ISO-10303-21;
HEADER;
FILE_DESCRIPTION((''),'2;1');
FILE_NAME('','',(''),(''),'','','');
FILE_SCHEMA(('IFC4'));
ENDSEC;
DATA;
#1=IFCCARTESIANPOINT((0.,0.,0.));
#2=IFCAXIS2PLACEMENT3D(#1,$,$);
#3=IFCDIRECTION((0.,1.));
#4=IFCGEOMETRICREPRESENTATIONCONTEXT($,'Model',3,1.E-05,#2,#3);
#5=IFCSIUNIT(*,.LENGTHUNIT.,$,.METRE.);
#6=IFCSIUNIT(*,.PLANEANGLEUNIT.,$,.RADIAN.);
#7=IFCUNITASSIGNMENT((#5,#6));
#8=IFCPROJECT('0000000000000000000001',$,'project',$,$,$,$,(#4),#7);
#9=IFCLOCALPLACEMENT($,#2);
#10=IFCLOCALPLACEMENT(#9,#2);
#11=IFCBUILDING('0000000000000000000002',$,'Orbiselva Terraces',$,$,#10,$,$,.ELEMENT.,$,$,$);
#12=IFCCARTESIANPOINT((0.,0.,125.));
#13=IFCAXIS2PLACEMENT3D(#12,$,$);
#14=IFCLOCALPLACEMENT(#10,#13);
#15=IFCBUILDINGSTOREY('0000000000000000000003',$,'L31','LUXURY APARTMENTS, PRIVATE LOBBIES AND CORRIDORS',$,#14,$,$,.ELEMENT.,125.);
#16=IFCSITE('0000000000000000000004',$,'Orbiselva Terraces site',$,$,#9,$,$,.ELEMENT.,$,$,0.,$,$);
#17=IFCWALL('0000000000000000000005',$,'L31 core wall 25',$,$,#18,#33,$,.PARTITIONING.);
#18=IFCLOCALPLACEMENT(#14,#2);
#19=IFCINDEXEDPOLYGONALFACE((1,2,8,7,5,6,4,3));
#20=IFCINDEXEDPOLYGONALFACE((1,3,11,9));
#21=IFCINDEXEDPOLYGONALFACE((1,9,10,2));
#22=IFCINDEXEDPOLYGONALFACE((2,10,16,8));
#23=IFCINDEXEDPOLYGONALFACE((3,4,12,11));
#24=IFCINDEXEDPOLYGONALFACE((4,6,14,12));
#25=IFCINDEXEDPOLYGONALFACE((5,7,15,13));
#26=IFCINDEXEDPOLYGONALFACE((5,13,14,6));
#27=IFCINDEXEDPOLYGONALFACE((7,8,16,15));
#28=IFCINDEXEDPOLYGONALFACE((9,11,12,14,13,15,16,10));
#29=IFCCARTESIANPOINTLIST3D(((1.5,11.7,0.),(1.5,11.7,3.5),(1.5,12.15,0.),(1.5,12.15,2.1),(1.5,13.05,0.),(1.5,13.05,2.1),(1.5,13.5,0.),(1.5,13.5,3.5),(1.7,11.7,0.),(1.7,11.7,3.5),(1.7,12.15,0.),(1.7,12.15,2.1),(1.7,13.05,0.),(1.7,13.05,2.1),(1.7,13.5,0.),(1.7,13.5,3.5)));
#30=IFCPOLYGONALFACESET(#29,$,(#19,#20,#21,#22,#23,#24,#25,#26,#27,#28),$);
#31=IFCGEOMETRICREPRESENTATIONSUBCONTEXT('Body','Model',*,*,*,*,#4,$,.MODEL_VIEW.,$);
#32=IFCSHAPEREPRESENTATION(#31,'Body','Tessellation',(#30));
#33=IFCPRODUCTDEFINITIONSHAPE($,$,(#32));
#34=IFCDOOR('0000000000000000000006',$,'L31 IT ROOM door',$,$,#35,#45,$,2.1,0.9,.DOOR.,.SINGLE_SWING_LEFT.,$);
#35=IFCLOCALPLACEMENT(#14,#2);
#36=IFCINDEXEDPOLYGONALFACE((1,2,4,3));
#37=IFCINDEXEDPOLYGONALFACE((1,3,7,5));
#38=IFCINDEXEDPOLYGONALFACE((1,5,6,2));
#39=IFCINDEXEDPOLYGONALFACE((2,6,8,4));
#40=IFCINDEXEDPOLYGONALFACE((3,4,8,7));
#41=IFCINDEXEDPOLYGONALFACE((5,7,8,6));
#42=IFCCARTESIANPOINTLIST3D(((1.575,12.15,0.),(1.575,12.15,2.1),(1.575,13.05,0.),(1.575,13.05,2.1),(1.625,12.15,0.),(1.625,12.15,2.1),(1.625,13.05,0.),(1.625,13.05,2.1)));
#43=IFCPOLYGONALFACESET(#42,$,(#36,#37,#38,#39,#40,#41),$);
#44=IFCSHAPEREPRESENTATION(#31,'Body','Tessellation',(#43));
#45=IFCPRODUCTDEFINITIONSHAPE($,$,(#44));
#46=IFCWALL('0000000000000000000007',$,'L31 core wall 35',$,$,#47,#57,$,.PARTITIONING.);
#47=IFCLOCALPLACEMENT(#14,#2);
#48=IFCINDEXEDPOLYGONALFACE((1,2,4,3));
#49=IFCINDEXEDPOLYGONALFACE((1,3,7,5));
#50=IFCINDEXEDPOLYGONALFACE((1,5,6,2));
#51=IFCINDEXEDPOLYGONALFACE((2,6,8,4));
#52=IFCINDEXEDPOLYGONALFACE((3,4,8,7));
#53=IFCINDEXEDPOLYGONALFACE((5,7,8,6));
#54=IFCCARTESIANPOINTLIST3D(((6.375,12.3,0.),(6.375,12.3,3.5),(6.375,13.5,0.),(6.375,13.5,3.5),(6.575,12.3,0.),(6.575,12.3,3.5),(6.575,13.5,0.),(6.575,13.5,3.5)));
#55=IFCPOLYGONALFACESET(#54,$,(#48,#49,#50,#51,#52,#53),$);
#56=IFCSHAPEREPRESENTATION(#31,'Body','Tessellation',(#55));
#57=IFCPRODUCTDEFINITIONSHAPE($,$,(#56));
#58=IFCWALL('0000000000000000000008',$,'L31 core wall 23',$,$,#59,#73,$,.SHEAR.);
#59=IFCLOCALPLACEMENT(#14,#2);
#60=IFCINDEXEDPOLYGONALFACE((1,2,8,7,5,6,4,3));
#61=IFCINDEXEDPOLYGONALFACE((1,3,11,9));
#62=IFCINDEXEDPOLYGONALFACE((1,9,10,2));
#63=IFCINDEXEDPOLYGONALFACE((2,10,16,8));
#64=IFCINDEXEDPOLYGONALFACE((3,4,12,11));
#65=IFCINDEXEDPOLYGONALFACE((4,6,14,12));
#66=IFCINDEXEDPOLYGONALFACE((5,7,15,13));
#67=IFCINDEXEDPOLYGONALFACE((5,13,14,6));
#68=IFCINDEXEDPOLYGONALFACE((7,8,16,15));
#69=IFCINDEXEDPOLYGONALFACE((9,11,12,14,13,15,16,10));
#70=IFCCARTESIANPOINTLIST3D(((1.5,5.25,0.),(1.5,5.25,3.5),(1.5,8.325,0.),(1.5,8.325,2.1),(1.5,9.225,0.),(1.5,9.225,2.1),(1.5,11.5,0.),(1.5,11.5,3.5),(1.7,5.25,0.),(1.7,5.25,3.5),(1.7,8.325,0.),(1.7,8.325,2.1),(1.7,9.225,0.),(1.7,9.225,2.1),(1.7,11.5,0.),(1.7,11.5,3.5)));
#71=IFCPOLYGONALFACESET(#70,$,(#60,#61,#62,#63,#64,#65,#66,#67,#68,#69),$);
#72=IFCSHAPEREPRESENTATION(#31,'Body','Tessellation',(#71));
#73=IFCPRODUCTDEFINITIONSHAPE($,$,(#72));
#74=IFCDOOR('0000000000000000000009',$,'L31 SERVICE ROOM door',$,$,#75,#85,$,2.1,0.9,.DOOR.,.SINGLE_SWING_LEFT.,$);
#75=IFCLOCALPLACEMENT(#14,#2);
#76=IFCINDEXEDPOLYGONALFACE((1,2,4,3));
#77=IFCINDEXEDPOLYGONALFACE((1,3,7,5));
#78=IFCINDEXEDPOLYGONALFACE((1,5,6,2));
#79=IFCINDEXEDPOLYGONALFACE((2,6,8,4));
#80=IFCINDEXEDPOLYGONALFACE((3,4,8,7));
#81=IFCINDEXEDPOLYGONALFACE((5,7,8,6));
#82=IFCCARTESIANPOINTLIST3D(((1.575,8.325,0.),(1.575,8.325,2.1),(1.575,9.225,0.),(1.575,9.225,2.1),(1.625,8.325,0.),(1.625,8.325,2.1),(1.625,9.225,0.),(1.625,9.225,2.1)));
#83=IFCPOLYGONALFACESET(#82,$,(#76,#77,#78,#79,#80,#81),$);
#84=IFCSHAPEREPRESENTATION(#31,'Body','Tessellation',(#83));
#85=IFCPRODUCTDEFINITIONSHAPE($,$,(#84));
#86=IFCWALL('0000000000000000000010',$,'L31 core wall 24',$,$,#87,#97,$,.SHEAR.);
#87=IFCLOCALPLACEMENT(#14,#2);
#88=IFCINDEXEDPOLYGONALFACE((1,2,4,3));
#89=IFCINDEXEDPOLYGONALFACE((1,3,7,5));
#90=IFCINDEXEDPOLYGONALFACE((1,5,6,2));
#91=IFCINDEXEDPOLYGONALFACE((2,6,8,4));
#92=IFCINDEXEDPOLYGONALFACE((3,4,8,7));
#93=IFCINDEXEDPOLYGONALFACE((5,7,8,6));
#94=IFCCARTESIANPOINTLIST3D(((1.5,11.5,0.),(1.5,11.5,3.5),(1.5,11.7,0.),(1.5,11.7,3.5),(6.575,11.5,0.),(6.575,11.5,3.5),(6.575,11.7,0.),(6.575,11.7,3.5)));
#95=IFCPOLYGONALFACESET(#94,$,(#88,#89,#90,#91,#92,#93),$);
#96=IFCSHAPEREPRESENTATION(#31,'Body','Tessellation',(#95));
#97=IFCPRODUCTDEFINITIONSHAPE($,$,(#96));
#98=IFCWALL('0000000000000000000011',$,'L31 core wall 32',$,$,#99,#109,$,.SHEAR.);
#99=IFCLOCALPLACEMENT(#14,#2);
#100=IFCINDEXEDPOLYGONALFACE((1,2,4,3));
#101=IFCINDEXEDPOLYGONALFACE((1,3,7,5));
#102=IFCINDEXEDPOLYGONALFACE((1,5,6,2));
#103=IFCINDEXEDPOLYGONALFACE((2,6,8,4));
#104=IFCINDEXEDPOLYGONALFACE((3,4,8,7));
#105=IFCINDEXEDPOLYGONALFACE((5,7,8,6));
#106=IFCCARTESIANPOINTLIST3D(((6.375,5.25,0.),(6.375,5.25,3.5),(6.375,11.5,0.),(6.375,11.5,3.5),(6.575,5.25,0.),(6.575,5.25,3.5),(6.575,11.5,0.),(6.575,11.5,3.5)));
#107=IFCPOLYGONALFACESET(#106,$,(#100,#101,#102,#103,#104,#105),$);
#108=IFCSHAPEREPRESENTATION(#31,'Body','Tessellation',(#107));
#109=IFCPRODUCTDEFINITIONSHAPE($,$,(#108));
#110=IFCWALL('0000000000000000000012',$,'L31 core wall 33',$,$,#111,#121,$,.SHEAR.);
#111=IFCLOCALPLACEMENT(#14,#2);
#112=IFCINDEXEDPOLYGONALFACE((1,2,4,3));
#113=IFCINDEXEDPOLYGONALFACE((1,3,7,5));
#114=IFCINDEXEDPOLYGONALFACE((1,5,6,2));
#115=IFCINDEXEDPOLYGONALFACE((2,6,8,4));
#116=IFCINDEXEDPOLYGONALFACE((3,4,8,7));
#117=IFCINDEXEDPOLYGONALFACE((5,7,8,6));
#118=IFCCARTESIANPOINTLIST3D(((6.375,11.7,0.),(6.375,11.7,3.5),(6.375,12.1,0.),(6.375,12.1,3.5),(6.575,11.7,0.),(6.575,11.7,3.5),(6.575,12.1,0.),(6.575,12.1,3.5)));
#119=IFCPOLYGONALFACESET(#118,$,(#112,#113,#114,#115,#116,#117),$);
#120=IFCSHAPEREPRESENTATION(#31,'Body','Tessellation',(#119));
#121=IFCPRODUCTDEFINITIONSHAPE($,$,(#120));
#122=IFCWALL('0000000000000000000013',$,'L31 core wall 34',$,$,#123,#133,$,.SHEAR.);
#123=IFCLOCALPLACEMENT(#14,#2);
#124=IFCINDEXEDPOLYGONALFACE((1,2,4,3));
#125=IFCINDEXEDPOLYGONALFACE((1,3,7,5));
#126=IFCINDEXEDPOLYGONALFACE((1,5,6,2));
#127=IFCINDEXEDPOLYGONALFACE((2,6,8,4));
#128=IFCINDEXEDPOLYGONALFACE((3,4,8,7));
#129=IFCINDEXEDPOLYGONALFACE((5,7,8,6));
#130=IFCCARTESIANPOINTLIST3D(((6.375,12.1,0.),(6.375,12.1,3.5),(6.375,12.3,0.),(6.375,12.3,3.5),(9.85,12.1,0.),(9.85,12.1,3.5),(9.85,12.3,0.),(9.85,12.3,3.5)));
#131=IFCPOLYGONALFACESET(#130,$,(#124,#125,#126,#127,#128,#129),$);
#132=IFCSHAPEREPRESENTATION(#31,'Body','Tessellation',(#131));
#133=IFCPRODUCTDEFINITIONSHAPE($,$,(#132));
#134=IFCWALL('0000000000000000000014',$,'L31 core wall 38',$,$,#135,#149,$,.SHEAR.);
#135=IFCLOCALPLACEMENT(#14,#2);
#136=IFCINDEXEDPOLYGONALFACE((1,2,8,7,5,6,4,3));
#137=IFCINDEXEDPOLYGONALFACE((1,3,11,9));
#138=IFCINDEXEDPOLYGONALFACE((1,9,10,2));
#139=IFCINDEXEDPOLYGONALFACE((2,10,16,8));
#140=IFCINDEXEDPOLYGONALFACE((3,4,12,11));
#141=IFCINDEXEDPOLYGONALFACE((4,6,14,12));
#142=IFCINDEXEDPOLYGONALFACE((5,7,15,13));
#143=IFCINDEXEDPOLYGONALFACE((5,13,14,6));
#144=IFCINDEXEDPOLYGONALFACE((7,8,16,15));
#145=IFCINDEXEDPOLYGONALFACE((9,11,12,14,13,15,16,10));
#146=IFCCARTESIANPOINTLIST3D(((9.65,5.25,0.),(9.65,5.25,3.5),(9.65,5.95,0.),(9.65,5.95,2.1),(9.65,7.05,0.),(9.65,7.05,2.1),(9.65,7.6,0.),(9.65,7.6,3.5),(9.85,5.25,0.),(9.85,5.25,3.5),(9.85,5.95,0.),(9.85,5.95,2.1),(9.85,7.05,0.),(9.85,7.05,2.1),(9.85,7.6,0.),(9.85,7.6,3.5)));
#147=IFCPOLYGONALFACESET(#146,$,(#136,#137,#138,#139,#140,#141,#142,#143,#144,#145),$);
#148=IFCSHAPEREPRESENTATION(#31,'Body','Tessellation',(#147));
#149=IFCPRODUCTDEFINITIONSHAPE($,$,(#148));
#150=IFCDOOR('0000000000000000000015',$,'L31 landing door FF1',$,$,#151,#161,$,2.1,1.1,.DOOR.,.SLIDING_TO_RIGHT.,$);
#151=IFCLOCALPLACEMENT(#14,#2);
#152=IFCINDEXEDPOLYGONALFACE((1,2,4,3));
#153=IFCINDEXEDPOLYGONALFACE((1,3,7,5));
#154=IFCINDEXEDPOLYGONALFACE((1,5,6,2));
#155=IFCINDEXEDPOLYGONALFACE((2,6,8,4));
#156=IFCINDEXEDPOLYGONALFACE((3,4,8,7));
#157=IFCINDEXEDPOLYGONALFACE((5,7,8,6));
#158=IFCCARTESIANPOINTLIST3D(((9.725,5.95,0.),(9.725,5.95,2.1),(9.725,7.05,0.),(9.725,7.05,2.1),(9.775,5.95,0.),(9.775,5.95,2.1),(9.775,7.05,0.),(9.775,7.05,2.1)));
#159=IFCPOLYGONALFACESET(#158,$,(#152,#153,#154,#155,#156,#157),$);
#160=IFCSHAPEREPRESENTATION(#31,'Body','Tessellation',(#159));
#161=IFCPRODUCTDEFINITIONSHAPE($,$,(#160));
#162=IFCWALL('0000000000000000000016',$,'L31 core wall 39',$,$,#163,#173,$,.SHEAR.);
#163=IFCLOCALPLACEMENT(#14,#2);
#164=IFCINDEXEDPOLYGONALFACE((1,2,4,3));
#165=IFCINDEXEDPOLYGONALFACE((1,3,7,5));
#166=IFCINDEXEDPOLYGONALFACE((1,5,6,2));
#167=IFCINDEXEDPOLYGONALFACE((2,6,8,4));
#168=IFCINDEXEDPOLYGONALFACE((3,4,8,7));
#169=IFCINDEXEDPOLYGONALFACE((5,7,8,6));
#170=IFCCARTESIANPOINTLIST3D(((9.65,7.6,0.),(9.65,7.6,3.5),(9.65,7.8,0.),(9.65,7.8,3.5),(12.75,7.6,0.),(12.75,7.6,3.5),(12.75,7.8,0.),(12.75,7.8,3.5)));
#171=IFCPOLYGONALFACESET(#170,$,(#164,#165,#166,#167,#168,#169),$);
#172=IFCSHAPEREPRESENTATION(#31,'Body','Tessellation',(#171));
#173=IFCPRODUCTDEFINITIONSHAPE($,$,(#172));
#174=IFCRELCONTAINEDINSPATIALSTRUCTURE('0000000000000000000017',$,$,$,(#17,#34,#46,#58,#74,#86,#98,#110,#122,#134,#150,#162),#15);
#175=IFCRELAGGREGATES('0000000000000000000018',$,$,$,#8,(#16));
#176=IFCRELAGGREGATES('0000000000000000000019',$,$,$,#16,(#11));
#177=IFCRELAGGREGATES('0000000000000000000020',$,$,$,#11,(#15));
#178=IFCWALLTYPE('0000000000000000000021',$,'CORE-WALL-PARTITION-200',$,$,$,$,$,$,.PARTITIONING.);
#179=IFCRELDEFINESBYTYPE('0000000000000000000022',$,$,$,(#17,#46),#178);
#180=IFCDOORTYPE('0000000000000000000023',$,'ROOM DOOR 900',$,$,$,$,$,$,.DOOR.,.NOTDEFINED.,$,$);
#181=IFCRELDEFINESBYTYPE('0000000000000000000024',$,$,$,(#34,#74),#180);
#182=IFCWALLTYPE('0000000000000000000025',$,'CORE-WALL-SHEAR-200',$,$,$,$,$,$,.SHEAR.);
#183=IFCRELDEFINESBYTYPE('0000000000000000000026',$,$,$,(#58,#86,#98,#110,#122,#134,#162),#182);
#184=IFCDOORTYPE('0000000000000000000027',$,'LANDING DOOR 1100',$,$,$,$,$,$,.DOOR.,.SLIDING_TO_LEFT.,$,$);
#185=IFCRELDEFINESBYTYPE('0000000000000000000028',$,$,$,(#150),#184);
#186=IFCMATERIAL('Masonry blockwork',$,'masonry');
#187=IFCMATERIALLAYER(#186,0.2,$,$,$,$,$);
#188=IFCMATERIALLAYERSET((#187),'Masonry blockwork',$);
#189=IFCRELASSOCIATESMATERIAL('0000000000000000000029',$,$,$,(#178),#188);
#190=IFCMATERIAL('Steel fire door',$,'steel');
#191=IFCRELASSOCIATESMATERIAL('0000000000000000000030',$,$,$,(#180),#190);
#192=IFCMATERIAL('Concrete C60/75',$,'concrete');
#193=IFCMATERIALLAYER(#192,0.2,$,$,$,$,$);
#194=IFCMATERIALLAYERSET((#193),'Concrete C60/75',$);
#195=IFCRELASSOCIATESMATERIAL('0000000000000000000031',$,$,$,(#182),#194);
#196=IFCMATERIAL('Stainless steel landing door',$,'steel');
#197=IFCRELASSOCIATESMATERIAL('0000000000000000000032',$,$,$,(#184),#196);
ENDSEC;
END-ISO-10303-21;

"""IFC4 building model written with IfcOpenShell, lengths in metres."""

from ifc_helpers import new_model, si_unit, direction, frame, frame_2d, origin, place, context, subcontext, project, spatial, rectangle, extrude, material, layer, layer_set, type_object, element, fill, save


model = new_model("IFC4")

# Units and contexts
model_context = context("Model", 3, precision=1e-05, world=origin(), true_north=direction((0.0, 1.0)))
body_context = subcontext(model_context, "Body", "Model", "MODEL_VIEW")
ifc_project = project(units=[si_unit("LENGTHUNIT", "METRE"), si_unit("PLANEANGLEUNIT", "RADIAN")], contexts=[model_context])

# Site, building, storey
site_placement = place(None, origin())
site = spatial("IfcSite", under=ifc_project, at=site_placement, Name="Orbiselva Terraces site", CompositionType="ELEMENT", RefElevation=0.0)
building_placement = place(site_placement, origin())
building = spatial("IfcBuilding", under=site, at=building_placement, Name="Orbiselva Terraces", CompositionType="ELEMENT")
storey_placement = place(building_placement, frame((0.0, 0.0, 125.0)))
storey = spatial("IfcBuildingStorey", under=building, at=storey_placement, Name="L31", Description="LUXURY APARTMENTS, PRIVATE LOBBIES AND CORRIDORS", CompositionType="ELEMENT", Elevation=125.0)

# Wall, opening, door
ifc_material_1 = material(Name="Masonry blockwork", Category="masonry")
ifc_layer_1 = layer(ifc_material_1, 0.2)
ifc_layer_set_1 = layer_set([ifc_layer_1], Name="Masonry blockwork")
wall_type_1 = type_object("IfcWallType", Name="CORE-WALL-PARTITION-200", PredefinedType="PARTITIONING", material=ifc_layer_set_1)
wall_1_placement = place(storey_placement, frame((1.6, 13.5, 0.0), z_axis=(0.0, 0.0, 1.0), x_axis=(0.0, -1.0, 0.0)))
wall_1 = element("IfcWall", 1, at=wall_1_placement, inside=storey, type_object=wall_type_1, Name="L31 core wall 25", PredefinedType="PARTITIONING", context=body_context, shape_type="SweptSolid", body=[
    extrude(rectangle(XDim=1.8, YDim=0.2, at=frame_2d((0.9, 0.0))), origin(), (0.0, 0.0, 1.0), 3.5),
])
opening_1_placement = place(wall_1_placement, frame((0.45, 0.0, 0.0)))
opening_1 = element("IfcOpeningElement", 2, at=opening_1_placement, cuts=wall_1, PredefinedType="OPENING", context=body_context, shape_type="SweptSolid", body=[
    extrude(rectangle(XDim=0.9, YDim=2.1, at=frame_2d((0.45, 1.05))), frame((0.0, 0.11, 0.0), z_axis=(0.0, -1.0, 0.0), x_axis=(1.0, 0.0, 0.0)), (0.0, 0.0, 1.0), 0.22),
])
ifc_material_2 = material(Name="Steel fire door", Category="steel")
door_type_1 = type_object("IfcDoorType", Name="ROOM DOOR 900", OperationType="NOTDEFINED", PredefinedType="DOOR", material=ifc_material_2)
door_1_placement = place(opening_1_placement, origin())
door_1 = element("IfcDoor", 3, at=door_1_placement, inside=storey, type_object=door_type_1, Name="L31 IT ROOM door", OperationType="SINGLE_SWING_LEFT", OverallHeight=2.1, OverallWidth=0.9, PredefinedType="DOOR", context=body_context, shape_type="SweptSolid", body=[
    extrude(rectangle(XDim=0.9, YDim=2.1, at=frame_2d((0.45, 1.05))), frame((0.0, 0.025, 0.0), z_axis=(0.0, -1.0, 0.0), x_axis=(1.0, 0.0, 0.0)), (0.0, 0.0, 1.0), 0.05),
])
fill(opening_1, door_1)

# Wall
wall_2_placement = place(storey_placement, frame((6.475, 12.3, 0.0), z_axis=(0.0, 0.0, 1.0), x_axis=(0.0, 1.0, 0.0)))
element("IfcWall", 4, at=wall_2_placement, inside=storey, type_object=wall_type_1, Name="L31 core wall 35", PredefinedType="PARTITIONING", context=body_context, shape_type="SweptSolid", body=[
    extrude(rectangle(XDim=1.2, YDim=0.2, at=frame_2d((0.6, 0.0))), origin(), (0.0, 0.0, 1.0), 3.5),
])

# Wall, opening, door
ifc_material_3 = material(Name="Concrete C60/75", Category="concrete")
ifc_layer_2 = layer(ifc_material_3, 0.2)
ifc_layer_set_2 = layer_set([ifc_layer_2], Name="Concrete C60/75")
wall_type_2 = type_object("IfcWallType", Name="CORE-WALL-SHEAR-200", PredefinedType="SHEAR", material=ifc_layer_set_2)
wall_3_placement = place(storey_placement, frame((1.6, 11.5, 0.0), z_axis=(0.0, 0.0, 1.0), x_axis=(0.0, -1.0, 0.0)))
wall_3 = element("IfcWall", 5, at=wall_3_placement, inside=storey, type_object=wall_type_2, Name="L31 core wall 23", PredefinedType="SHEAR", context=body_context, shape_type="SweptSolid", body=[
    extrude(rectangle(XDim=6.25, YDim=0.2, at=frame_2d((3.125, 0.0))), origin(), (0.0, 0.0, 1.0), 3.5),
])
opening_2_placement = place(wall_3_placement, frame((2.275, 0.0, 0.0)))
opening_2 = element("IfcOpeningElement", 6, at=opening_2_placement, cuts=wall_3, PredefinedType="OPENING", context=body_context, shape_type="SweptSolid", body=[
    extrude(rectangle(XDim=0.9, YDim=2.1, at=frame_2d((0.45, 1.05))), frame((0.0, 0.11, 0.0), z_axis=(0.0, -1.0, 0.0), x_axis=(1.0, 0.0, 0.0)), (0.0, 0.0, 1.0), 0.22),
])
door_2_placement = place(opening_2_placement, origin())
door_2 = element("IfcDoor", 7, at=door_2_placement, inside=storey, type_object=door_type_1, Name="L31 SERVICE ROOM door", OperationType="SINGLE_SWING_LEFT", OverallHeight=2.1, OverallWidth=0.9, PredefinedType="DOOR", context=body_context, shape_type="SweptSolid", body=[
    extrude(rectangle(XDim=0.9, YDim=2.1, at=frame_2d((0.45, 1.05))), frame((0.0, 0.025, 0.0), z_axis=(0.0, -1.0, 0.0), x_axis=(1.0, 0.0, 0.0)), (0.0, 0.0, 1.0), 0.05),
])
fill(opening_2, door_2)

# Walls
wall_4_placement = place(storey_placement, frame((1.5, 11.6, 0.0), z_axis=(0.0, 0.0, 1.0), x_axis=(1.0, 0.0, 0.0)))
element("IfcWall", 8, at=wall_4_placement, inside=storey, type_object=wall_type_2, Name="L31 core wall 24", PredefinedType="SHEAR", context=body_context, shape_type="SweptSolid", body=[
    extrude(rectangle(XDim=5.075, YDim=0.2, at=frame_2d((2.5375, 0.0))), origin(), (0.0, 0.0, 1.0), 3.5),
])
wall_5_placement = place(storey_placement, frame((6.475, 5.25, 0.0), z_axis=(0.0, 0.0, 1.0), x_axis=(0.0, 1.0, 0.0)))
element("IfcWall", 9, at=wall_5_placement, inside=storey, type_object=wall_type_2, Name="L31 core wall 32", PredefinedType="SHEAR", context=body_context, shape_type="SweptSolid", body=[
    extrude(rectangle(XDim=6.25, YDim=0.2, at=frame_2d((3.125, 0.0))), origin(), (0.0, 0.0, 1.0), 3.5),
])
wall_6_placement = place(storey_placement, frame((6.475, 11.7, 0.0), z_axis=(0.0, 0.0, 1.0), x_axis=(0.0, 1.0, 0.0)))
element("IfcWall", 10, at=wall_6_placement, inside=storey, type_object=wall_type_2, Name="L31 core wall 33", PredefinedType="SHEAR", context=body_context, shape_type="SweptSolid", body=[
    extrude(rectangle(XDim=0.4, YDim=0.2, at=frame_2d((0.2, 0.0))), origin(), (0.0, 0.0, 1.0), 3.5),
])
wall_7_placement = place(storey_placement, frame((6.375, 12.2, 0.0), z_axis=(0.0, 0.0, 1.0), x_axis=(1.0, 0.0, 0.0)))
element("IfcWall", 11, at=wall_7_placement, inside=storey, type_object=wall_type_2, Name="L31 core wall 34", PredefinedType="SHEAR", context=body_context, shape_type="SweptSolid", body=[
    extrude(rectangle(XDim=3.475, YDim=0.2, at=frame_2d((1.7375, 0.0))), origin(), (0.0, 0.0, 1.0), 3.5),
])

# Wall, opening, door
wall_8_placement = place(storey_placement, frame((9.75, 5.25, 0.0), z_axis=(0.0, 0.0, 1.0), x_axis=(0.0, 1.0, 0.0)))
wall_8 = element("IfcWall", 12, at=wall_8_placement, inside=storey, type_object=wall_type_2, Name="L31 core wall 38", PredefinedType="SHEAR", context=body_context, shape_type="SweptSolid", body=[
    extrude(rectangle(XDim=2.35, YDim=0.2, at=frame_2d((1.175, 0.0))), origin(), (0.0, 0.0, 1.0), 3.5),
])
opening_3_placement = place(wall_8_placement, frame((0.7, 0.0, 0.0)))
opening_3 = element("IfcOpeningElement", 13, at=opening_3_placement, cuts=wall_8, PredefinedType="OPENING", context=body_context, shape_type="SweptSolid", body=[
    extrude(rectangle(XDim=1.1, YDim=2.1, at=frame_2d((0.55, 1.05))), frame((0.0, 0.11, 0.0), z_axis=(0.0, -1.0, 0.0), x_axis=(1.0, 0.0, 0.0)), (0.0, 0.0, 1.0), 0.22),
])
ifc_material_4 = material(Name="Stainless steel landing door", Category="steel")
door_type_2 = type_object("IfcDoorType", Name="LANDING DOOR 1100", OperationType="SLIDING_TO_LEFT", PredefinedType="DOOR", material=ifc_material_4)
door_3_placement = place(opening_3_placement, origin())
door_3 = element("IfcDoor", 14, at=door_3_placement, inside=storey, type_object=door_type_2, Name="L31 landing door FF1", OperationType="SLIDING_TO_RIGHT", OverallHeight=2.1, OverallWidth=1.1, PredefinedType="DOOR", context=body_context, shape_type="SweptSolid", body=[
    extrude(rectangle(XDim=1.1, YDim=2.1, at=frame_2d((0.55, 1.05))), frame((0.0, 0.025, 0.0), z_axis=(0.0, -1.0, 0.0), x_axis=(1.0, 0.0, 0.0)), (0.0, 0.0, 1.0), 0.05),
])
fill(opening_3, door_3)

# Wall
wall_9_placement = place(storey_placement, frame((9.65, 7.7, 0.0), z_axis=(0.0, 0.0, 1.0), x_axis=(1.0, 0.0, 0.0)))
element("IfcWall", 15, at=wall_9_placement, inside=storey, type_object=wall_type_2, Name="L31 core wall 39", PredefinedType="SHEAR", context=body_context, shape_type="SweptSolid", body=[
    extrude(rectangle(XDim=3.1, YDim=0.2, at=frame_2d((1.55, 0.0))), origin(), (0.0, 0.0, 1.0), 3.5),
])

save(model, "model.ifc")
